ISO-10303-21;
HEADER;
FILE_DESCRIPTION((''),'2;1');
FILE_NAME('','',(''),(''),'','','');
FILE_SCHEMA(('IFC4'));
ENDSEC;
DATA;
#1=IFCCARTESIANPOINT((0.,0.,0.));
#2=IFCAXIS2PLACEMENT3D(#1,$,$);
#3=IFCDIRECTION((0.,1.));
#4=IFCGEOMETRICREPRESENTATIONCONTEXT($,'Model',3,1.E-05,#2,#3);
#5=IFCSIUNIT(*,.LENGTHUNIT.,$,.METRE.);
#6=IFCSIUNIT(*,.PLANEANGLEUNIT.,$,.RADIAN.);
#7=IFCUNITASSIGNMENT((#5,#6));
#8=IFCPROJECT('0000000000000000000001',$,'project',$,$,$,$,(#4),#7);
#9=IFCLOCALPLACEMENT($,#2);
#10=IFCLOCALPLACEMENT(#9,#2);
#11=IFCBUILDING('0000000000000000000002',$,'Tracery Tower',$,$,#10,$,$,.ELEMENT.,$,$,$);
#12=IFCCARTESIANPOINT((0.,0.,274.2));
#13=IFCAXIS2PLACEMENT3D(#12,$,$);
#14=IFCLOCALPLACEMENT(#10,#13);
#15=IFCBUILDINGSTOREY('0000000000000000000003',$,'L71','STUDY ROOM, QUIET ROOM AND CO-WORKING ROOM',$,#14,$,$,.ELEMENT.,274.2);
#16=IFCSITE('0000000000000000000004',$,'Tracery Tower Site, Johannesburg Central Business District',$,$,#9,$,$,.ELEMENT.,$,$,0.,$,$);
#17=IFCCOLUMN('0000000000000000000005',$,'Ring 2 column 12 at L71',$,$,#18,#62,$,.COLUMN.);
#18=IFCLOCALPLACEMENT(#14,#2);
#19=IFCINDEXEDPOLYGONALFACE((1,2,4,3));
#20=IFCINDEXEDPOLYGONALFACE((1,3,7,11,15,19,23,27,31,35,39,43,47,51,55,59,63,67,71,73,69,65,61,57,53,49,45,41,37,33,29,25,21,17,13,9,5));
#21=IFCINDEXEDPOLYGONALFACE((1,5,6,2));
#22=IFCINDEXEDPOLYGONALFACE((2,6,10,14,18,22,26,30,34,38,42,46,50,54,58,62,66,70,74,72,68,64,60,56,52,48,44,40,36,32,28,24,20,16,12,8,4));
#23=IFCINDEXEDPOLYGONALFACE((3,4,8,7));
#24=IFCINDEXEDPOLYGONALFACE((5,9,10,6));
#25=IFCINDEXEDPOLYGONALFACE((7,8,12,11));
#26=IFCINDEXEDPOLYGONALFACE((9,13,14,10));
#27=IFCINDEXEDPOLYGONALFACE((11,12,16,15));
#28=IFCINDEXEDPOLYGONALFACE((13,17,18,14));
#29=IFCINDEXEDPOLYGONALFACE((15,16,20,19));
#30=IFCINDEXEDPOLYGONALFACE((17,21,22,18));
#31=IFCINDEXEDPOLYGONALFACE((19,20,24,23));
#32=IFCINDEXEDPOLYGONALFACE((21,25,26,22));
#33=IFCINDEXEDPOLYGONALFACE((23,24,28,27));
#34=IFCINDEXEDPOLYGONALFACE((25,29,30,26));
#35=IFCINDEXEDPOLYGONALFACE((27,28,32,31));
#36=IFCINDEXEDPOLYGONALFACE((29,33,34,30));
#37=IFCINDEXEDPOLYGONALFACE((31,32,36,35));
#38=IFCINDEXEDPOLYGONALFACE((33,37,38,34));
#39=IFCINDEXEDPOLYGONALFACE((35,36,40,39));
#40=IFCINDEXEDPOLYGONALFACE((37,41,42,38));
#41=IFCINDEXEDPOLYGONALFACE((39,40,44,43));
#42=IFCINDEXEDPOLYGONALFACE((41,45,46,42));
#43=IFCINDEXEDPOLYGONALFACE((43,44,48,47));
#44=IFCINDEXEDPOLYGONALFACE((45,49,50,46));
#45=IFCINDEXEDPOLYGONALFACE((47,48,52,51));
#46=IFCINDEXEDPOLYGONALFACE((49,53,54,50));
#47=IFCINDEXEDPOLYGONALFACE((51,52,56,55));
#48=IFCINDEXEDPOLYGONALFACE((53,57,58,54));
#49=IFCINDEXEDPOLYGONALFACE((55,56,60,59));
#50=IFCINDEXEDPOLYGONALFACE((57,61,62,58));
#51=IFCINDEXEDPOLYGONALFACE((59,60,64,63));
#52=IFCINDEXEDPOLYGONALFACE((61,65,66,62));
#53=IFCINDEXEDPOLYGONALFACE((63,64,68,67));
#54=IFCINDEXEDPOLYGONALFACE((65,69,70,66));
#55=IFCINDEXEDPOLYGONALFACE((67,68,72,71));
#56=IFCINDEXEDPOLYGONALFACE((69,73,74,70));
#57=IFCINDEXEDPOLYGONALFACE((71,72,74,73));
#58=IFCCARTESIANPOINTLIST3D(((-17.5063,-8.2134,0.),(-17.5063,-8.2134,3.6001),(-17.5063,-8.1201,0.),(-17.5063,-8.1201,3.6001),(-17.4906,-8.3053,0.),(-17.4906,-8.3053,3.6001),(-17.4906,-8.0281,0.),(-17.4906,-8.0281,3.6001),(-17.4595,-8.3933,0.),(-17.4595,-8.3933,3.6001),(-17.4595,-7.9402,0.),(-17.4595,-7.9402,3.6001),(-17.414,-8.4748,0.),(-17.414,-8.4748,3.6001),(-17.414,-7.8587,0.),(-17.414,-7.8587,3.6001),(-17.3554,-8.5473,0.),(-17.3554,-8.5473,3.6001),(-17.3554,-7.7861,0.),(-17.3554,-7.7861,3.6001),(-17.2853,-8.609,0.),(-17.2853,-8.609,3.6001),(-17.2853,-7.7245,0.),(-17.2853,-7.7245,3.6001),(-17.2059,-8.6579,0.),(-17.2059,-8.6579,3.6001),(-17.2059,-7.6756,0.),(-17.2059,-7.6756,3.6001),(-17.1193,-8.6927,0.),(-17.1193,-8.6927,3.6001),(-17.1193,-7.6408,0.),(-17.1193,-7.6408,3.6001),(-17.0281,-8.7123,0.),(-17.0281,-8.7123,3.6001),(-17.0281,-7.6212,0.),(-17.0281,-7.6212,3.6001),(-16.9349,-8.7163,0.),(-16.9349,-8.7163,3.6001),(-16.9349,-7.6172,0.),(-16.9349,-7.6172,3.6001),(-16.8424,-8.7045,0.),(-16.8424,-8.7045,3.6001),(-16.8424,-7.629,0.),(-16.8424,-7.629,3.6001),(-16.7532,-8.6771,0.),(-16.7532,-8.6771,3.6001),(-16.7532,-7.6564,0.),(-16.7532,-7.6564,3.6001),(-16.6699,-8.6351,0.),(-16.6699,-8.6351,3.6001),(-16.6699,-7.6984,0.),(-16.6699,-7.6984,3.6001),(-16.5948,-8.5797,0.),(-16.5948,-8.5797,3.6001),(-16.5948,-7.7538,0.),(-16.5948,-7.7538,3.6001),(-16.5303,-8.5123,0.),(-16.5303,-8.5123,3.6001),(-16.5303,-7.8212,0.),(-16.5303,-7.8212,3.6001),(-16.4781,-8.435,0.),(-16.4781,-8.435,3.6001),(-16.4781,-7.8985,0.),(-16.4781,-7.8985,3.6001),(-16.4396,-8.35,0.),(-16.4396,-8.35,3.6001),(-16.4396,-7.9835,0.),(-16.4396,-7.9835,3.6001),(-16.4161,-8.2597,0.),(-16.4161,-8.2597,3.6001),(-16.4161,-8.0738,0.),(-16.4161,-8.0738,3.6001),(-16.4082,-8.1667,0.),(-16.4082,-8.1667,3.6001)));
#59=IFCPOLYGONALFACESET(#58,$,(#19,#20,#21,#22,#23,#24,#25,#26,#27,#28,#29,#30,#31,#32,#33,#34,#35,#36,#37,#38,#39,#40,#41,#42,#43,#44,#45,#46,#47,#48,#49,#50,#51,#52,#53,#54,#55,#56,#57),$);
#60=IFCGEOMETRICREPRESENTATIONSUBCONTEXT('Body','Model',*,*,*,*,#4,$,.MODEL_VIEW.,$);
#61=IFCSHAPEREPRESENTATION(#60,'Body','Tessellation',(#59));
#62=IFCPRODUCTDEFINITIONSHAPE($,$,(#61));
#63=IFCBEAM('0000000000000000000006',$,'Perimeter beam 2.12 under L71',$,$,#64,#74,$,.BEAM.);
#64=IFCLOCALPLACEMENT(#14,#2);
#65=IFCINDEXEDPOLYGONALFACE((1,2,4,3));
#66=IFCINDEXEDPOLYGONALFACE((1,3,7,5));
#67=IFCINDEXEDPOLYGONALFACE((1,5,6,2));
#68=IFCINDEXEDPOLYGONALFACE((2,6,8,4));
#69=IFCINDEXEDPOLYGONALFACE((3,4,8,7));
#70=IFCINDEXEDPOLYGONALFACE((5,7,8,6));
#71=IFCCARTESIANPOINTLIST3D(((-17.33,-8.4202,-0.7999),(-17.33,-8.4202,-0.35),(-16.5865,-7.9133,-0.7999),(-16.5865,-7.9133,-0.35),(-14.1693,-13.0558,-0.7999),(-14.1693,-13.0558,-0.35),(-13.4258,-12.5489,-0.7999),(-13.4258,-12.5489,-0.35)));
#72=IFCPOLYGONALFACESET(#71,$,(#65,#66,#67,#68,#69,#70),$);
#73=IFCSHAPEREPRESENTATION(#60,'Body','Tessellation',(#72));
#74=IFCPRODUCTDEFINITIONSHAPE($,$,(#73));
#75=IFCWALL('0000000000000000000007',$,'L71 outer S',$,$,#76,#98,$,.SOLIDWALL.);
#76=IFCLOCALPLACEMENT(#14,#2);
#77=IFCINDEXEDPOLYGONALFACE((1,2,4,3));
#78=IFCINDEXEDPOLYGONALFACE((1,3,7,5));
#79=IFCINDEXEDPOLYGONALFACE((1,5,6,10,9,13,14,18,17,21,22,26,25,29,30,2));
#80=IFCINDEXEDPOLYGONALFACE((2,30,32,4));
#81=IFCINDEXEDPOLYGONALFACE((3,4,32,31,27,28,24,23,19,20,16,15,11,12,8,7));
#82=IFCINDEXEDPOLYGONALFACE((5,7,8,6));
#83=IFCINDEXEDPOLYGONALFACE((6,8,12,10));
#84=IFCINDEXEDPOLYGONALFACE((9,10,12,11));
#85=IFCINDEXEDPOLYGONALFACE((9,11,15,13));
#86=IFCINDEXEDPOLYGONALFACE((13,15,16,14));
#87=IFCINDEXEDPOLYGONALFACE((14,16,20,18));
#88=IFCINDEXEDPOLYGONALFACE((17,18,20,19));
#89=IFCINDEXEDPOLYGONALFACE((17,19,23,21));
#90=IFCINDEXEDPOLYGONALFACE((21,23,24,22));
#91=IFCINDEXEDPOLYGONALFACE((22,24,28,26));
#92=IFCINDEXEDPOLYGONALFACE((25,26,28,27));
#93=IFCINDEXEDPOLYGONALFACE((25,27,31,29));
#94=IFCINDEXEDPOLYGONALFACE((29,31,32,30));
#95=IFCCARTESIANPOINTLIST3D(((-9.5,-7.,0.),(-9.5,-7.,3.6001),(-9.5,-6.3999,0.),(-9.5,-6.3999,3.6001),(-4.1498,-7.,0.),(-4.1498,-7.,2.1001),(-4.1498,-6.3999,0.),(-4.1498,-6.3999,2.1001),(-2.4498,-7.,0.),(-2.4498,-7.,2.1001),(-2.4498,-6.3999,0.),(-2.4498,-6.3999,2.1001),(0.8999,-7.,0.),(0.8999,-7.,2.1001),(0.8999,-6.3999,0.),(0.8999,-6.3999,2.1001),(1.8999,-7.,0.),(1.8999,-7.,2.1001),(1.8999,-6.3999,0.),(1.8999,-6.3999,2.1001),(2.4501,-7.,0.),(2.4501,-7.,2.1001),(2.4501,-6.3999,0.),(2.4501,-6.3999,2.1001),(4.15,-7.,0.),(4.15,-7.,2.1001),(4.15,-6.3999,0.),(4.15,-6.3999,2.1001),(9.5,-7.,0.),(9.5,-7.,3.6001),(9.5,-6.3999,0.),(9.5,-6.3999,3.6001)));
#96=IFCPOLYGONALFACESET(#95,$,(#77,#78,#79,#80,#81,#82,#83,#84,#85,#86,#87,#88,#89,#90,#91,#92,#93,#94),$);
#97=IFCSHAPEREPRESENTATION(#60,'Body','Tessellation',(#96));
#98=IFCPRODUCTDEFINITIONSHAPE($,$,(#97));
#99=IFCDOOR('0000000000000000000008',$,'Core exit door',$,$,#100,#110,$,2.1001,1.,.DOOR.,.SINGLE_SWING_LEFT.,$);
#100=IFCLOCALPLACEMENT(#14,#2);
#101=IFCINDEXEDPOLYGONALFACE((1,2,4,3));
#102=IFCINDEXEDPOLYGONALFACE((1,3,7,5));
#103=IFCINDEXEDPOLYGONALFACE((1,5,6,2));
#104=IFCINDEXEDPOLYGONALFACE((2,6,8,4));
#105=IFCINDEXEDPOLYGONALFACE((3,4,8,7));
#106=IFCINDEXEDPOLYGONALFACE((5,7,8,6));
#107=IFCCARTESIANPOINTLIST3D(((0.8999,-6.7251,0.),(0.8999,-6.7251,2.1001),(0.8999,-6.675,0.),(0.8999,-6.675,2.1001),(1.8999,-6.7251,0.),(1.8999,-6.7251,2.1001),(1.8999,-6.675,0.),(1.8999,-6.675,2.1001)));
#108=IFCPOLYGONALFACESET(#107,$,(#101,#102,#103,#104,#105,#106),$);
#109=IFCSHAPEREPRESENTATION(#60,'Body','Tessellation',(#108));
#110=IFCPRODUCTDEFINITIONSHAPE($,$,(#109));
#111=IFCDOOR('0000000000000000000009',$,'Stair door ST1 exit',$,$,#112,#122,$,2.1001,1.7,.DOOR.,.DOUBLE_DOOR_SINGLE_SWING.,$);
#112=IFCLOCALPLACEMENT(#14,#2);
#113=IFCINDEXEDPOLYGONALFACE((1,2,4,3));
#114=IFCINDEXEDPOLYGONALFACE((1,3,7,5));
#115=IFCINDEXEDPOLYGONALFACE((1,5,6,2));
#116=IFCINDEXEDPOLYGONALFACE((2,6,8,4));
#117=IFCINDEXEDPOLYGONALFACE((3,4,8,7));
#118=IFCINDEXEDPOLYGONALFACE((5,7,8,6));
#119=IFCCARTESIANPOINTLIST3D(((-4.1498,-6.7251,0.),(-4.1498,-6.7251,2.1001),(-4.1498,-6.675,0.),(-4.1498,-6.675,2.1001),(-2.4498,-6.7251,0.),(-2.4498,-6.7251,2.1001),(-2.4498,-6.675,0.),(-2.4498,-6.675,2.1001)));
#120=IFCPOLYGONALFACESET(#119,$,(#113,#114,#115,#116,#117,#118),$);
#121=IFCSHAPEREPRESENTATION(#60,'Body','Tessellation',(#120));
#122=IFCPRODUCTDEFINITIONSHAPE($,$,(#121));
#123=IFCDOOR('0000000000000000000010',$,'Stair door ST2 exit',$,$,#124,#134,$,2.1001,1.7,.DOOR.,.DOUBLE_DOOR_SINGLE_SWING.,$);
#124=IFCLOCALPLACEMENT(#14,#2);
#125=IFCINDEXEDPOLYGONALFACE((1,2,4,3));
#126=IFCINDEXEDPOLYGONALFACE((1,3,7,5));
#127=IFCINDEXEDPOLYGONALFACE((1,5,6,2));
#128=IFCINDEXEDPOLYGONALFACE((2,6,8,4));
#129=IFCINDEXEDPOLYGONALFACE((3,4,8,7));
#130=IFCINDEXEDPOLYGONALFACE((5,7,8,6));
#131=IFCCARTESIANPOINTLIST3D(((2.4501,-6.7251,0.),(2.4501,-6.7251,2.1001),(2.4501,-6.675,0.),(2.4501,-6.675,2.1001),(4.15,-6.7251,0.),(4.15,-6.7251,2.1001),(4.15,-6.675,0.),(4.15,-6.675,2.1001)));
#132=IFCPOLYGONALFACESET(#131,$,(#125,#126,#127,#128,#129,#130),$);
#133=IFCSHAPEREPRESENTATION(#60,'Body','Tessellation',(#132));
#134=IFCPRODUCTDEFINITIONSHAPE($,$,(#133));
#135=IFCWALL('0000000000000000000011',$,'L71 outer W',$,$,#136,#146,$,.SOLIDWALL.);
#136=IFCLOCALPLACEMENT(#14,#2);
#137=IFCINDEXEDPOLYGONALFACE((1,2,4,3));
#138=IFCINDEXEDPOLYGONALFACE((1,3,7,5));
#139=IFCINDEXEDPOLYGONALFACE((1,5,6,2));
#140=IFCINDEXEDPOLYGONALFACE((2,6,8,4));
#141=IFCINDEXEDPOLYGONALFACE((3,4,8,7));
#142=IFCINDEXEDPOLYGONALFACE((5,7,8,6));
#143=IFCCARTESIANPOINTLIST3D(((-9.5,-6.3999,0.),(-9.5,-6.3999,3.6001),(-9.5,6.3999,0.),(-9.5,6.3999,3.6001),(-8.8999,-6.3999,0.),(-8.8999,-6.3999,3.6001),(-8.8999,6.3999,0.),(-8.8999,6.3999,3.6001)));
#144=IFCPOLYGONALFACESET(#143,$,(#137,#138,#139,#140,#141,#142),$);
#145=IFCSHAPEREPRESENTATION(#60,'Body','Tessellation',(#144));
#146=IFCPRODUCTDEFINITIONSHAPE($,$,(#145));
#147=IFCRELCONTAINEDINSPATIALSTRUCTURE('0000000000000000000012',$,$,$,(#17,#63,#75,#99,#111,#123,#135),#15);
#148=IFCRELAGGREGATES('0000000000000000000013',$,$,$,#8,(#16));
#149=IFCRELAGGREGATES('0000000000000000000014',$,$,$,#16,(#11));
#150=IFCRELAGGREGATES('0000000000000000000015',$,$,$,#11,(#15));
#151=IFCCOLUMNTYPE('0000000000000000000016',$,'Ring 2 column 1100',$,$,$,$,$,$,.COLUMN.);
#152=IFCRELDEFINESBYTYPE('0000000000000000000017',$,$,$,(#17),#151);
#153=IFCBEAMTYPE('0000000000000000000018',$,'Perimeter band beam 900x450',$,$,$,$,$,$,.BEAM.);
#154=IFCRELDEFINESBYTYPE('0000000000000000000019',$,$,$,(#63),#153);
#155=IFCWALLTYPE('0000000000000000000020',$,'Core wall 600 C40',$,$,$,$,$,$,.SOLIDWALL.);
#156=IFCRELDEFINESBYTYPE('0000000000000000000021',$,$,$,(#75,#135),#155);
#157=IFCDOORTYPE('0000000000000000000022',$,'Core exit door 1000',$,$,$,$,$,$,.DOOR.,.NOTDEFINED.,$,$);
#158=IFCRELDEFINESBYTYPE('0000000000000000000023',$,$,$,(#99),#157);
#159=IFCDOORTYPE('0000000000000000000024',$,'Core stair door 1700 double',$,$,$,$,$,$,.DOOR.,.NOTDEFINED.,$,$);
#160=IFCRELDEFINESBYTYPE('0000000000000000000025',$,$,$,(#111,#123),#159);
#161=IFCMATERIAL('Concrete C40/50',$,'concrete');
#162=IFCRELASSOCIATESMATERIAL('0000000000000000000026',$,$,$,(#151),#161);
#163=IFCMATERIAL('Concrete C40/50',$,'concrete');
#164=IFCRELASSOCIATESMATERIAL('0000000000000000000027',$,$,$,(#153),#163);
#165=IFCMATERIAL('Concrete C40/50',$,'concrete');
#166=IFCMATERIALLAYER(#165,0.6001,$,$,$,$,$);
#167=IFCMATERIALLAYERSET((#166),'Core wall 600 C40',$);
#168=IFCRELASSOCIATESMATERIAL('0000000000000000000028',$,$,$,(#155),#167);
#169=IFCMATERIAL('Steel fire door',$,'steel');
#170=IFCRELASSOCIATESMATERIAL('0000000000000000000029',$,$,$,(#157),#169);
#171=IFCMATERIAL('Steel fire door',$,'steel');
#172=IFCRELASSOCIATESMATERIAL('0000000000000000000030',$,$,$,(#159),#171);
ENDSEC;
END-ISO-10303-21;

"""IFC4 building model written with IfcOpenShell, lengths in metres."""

from ifc_helpers import new_model, si_unit, direction, frame, frame_2d, origin, origin_2d, place, context, subcontext, project, spatial, rectangle, circle, extrude, material, layer, layer_set, material_profile, profile_set, type_object, element, fill, save


model = new_model("IFC4")

# Units and contexts
model_context = context("Model", 3, precision=1e-05, world=origin(), true_north=direction((0.0, 1.0)))
body_context = subcontext(model_context, "Body", "Model", "MODEL_VIEW")
ifc_project = project(units=[si_unit("LENGTHUNIT", "METRE"), si_unit("PLANEANGLEUNIT", "RADIAN")], contexts=[model_context])

# Site, building, storey
site_placement = place(None, origin())
site = spatial("IfcSite", under=ifc_project, at=site_placement, Name="Tracery Tower Site, Johannesburg Central Business District", CompositionType="ELEMENT", RefElevation=0.0)
building_placement = place(site_placement, origin())
building = spatial("IfcBuilding", under=site, at=building_placement, Name="Tracery Tower", CompositionType="ELEMENT")
storey_placement = place(building_placement, frame((0.0, 0.0, 274.2)))
storey = spatial("IfcBuildingStorey", under=building, at=storey_placement, Name="L71", Description="STUDY ROOM, QUIET ROOM AND CO-WORKING ROOM", CompositionType="ELEMENT", Elevation=274.2)

# Column
ifc_material_1 = material(Name="Concrete C40/50", Category="concrete")
ifc_material_profile_1 = material_profile(ifc_material_1, circle(Radius=0.55, at=origin_2d()), Name="RC D1100")
ifc_profile_set_1 = profile_set([ifc_material_profile_1], Name="Concrete C40/50")
column_type = type_object("IfcColumnType", Name="Ring 2 column 1100", PredefinedType="COLUMN", material=ifc_profile_set_1)
column_placement = place(storey_placement, frame((-16.9583, -8.1667, 0.0), z_axis=(0.0, 0.0, 1.0), x_axis=(1.0, 0.0, 0.0)))
element("IfcColumn", 1, at=column_placement, inside=storey, type_object=column_type, Name="Ring 2 column 12 at L71", PredefinedType="COLUMN", context=body_context, shape_type="SweptSolid", body=[
    extrude(circle(Radius=0.55, at=origin_2d()), origin(), (0.0, 0.0, 1.0), 3.6001),
])

# Beam
ifc_material_2 = material(Name="Concrete C40/50", Category="concrete")
ifc_material_profile_2 = material_profile(ifc_material_2, rectangle(XDim=0.8999, YDim=0.45, at=origin_2d()), Name="RC 900x450")
ifc_profile_set_2 = profile_set([ifc_material_profile_2], Name="Concrete C40/50")
beam_type = type_object("IfcBeamType", Name="Perimeter band beam 900x450", PredefinedType="BEAM", material=ifc_profile_set_2)
beam_placement = place(storey_placement, frame((-16.9583, -8.1667, -0.575), z_axis=(0.563346, -0.826221, 0.0), x_axis=(0.826221, 0.563346, 0.0)))
element("IfcBeam", 2, at=beam_placement, inside=storey, type_object=beam_type, Name="Perimeter beam 2.12 under L71", PredefinedType="BEAM", context=body_context, shape_type="SweptSolid", body=[
    extrude(rectangle(XDim=0.8999, YDim=0.45, at=origin_2d()), origin(), (0.0, 0.0, 1.0), 5.6106),
])

# Wall, openings, doors
ifc_material_3 = material(Name="Concrete C40/50", Category="concrete")
ifc_layer_1 = layer(ifc_material_3, 0.6001)
ifc_layer_set_1 = layer_set([ifc_layer_1], Name="Core wall 600 C40")
wall_type_1 = type_object("IfcWallType", Name="Core wall 600 C40", PredefinedType="SOLIDWALL", material=ifc_layer_set_1)
wall_1_placement = place(storey_placement, frame((-9.5, -6.7, 0.0), z_axis=(0.0, 0.0, 1.0), x_axis=(1.0, 0.0, 0.0)))
wall_1 = element("IfcWall", 3, at=wall_1_placement, inside=storey, type_object=wall_type_1, Name="L71 outer S", PredefinedType="SOLIDWALL", context=body_context, shape_type="SweptSolid", body=[
    extrude(rectangle(XDim=19.0, YDim=0.6001, at=frame_2d((9.5, 0.0))), origin(), (0.0, 0.0, 1.0), 3.6001),
])
opening_1_placement = place(wall_1_placement, frame((10.3999, 0.0, 0.0)))
opening_1 = element("IfcOpeningElement", 4, at=opening_1_placement, cuts=wall_1, PredefinedType="OPENING", context=body_context, shape_type="SweptSolid", body=[
    extrude(rectangle(XDim=1.0, YDim=2.1001, at=frame_2d((0.5, 1.05))), frame((0.0, 0.3, 0.0), z_axis=(0.0, -1.0, 0.0), x_axis=(1.0, 0.0, 0.0)), (0.0, 0.0, 1.0), 0.6001),
])
opening_2_placement = place(wall_1_placement, frame((5.3501, 0.0, 0.0)))
opening_2 = element("IfcOpeningElement", 5, at=opening_2_placement, cuts=wall_1, PredefinedType="OPENING", context=body_context, shape_type="SweptSolid", body=[
    extrude(rectangle(XDim=1.7, YDim=2.1001, at=frame_2d((0.8501, 1.05))), frame((0.0, 0.3, 0.0), z_axis=(0.0, -1.0, 0.0), x_axis=(1.0, 0.0, 0.0)), (0.0, 0.0, 1.0), 0.6001),
])
opening_3_placement = place(wall_1_placement, frame((11.95, 0.0, 0.0)))
opening_3 = element("IfcOpeningElement", 6, at=opening_3_placement, cuts=wall_1, PredefinedType="OPENING", context=body_context, shape_type="SweptSolid", body=[
    extrude(rectangle(XDim=1.7, YDim=2.1001, at=frame_2d((0.8501, 1.05))), frame((0.0, 0.3, 0.0), z_axis=(0.0, -1.0, 0.0), x_axis=(1.0, 0.0, 0.0)), (0.0, 0.0, 1.0), 0.6001),
])
ifc_material_4 = material(Name="Steel fire door", Category="steel")
door_type_1 = type_object("IfcDoorType", Name="Core exit door 1000", OperationType="NOTDEFINED", PredefinedType="DOOR", material=ifc_material_4)
door_1_placement = place(opening_1_placement, origin())
door_1 = element("IfcDoor", 7, at=door_1_placement, inside=storey, type_object=door_type_1, Name="Core exit door", OperationType="SINGLE_SWING_LEFT", OverallHeight=2.1001, OverallWidth=1.0, PredefinedType="DOOR", context=body_context, shape_type="SweptSolid", body=[
    extrude(rectangle(XDim=1.0, YDim=2.1001, at=frame_2d((0.5, 1.05))), frame((0.0, 0.0249, 0.0), z_axis=(0.0, -1.0, 0.0), x_axis=(1.0, 0.0, 0.0)), (0.0, 0.0, 1.0), 0.05),
])
fill(opening_1, door_1)
ifc_material_5 = material(Name="Steel fire door", Category="steel")
door_type_2 = type_object("IfcDoorType", Name="Core stair door 1700 double", OperationType="NOTDEFINED", PredefinedType="DOOR", material=ifc_material_5)
door_2_placement = place(opening_2_placement, origin())
door_2 = element("IfcDoor", 8, at=door_2_placement, inside=storey, type_object=door_type_2, Name="Stair door ST1 exit", OperationType="DOUBLE_DOOR_SINGLE_SWING", OverallHeight=2.1001, OverallWidth=1.7, PredefinedType="DOOR", context=body_context, shape_type="SweptSolid", body=[
    extrude(rectangle(XDim=1.7, YDim=2.1001, at=frame_2d((0.8501, 1.05))), frame((0.0, 0.0249, 0.0), z_axis=(0.0, -1.0, 0.0), x_axis=(1.0, 0.0, 0.0)), (0.0, 0.0, 1.0), 0.05),
])
fill(opening_2, door_2)
door_3_placement = place(opening_3_placement, origin())
door_3 = element("IfcDoor", 9, at=door_3_placement, inside=storey, type_object=door_type_2, Name="Stair door ST2 exit", OperationType="DOUBLE_DOOR_SINGLE_SWING", OverallHeight=2.1001, OverallWidth=1.7, PredefinedType="DOOR", context=body_context, shape_type="SweptSolid", body=[
    extrude(rectangle(XDim=1.7, YDim=2.1001, at=frame_2d((0.8501, 1.05))), frame((0.0, 0.0249, 0.0), z_axis=(0.0, -1.0, 0.0), x_axis=(1.0, 0.0, 0.0)), (0.0, 0.0, 1.0), 0.05),
])
fill(opening_3, door_3)

# Wall
wall_2_placement = place(storey_placement, frame((-9.2, -6.3999, 0.0), z_axis=(0.0, 0.0, 1.0), x_axis=(0.0, 1.0, 0.0)))
element("IfcWall", 10, at=wall_2_placement, inside=storey, type_object=wall_type_1, Name="L71 outer W", PredefinedType="SOLIDWALL", context=body_context, shape_type="SweptSolid", body=[
    extrude(rectangle(XDim=12.7998, YDim=0.6001, at=frame_2d((6.3999, 0.0))), origin(), (0.0, 0.0, 1.0), 3.6001),
])

save(model, "model.ifc")
